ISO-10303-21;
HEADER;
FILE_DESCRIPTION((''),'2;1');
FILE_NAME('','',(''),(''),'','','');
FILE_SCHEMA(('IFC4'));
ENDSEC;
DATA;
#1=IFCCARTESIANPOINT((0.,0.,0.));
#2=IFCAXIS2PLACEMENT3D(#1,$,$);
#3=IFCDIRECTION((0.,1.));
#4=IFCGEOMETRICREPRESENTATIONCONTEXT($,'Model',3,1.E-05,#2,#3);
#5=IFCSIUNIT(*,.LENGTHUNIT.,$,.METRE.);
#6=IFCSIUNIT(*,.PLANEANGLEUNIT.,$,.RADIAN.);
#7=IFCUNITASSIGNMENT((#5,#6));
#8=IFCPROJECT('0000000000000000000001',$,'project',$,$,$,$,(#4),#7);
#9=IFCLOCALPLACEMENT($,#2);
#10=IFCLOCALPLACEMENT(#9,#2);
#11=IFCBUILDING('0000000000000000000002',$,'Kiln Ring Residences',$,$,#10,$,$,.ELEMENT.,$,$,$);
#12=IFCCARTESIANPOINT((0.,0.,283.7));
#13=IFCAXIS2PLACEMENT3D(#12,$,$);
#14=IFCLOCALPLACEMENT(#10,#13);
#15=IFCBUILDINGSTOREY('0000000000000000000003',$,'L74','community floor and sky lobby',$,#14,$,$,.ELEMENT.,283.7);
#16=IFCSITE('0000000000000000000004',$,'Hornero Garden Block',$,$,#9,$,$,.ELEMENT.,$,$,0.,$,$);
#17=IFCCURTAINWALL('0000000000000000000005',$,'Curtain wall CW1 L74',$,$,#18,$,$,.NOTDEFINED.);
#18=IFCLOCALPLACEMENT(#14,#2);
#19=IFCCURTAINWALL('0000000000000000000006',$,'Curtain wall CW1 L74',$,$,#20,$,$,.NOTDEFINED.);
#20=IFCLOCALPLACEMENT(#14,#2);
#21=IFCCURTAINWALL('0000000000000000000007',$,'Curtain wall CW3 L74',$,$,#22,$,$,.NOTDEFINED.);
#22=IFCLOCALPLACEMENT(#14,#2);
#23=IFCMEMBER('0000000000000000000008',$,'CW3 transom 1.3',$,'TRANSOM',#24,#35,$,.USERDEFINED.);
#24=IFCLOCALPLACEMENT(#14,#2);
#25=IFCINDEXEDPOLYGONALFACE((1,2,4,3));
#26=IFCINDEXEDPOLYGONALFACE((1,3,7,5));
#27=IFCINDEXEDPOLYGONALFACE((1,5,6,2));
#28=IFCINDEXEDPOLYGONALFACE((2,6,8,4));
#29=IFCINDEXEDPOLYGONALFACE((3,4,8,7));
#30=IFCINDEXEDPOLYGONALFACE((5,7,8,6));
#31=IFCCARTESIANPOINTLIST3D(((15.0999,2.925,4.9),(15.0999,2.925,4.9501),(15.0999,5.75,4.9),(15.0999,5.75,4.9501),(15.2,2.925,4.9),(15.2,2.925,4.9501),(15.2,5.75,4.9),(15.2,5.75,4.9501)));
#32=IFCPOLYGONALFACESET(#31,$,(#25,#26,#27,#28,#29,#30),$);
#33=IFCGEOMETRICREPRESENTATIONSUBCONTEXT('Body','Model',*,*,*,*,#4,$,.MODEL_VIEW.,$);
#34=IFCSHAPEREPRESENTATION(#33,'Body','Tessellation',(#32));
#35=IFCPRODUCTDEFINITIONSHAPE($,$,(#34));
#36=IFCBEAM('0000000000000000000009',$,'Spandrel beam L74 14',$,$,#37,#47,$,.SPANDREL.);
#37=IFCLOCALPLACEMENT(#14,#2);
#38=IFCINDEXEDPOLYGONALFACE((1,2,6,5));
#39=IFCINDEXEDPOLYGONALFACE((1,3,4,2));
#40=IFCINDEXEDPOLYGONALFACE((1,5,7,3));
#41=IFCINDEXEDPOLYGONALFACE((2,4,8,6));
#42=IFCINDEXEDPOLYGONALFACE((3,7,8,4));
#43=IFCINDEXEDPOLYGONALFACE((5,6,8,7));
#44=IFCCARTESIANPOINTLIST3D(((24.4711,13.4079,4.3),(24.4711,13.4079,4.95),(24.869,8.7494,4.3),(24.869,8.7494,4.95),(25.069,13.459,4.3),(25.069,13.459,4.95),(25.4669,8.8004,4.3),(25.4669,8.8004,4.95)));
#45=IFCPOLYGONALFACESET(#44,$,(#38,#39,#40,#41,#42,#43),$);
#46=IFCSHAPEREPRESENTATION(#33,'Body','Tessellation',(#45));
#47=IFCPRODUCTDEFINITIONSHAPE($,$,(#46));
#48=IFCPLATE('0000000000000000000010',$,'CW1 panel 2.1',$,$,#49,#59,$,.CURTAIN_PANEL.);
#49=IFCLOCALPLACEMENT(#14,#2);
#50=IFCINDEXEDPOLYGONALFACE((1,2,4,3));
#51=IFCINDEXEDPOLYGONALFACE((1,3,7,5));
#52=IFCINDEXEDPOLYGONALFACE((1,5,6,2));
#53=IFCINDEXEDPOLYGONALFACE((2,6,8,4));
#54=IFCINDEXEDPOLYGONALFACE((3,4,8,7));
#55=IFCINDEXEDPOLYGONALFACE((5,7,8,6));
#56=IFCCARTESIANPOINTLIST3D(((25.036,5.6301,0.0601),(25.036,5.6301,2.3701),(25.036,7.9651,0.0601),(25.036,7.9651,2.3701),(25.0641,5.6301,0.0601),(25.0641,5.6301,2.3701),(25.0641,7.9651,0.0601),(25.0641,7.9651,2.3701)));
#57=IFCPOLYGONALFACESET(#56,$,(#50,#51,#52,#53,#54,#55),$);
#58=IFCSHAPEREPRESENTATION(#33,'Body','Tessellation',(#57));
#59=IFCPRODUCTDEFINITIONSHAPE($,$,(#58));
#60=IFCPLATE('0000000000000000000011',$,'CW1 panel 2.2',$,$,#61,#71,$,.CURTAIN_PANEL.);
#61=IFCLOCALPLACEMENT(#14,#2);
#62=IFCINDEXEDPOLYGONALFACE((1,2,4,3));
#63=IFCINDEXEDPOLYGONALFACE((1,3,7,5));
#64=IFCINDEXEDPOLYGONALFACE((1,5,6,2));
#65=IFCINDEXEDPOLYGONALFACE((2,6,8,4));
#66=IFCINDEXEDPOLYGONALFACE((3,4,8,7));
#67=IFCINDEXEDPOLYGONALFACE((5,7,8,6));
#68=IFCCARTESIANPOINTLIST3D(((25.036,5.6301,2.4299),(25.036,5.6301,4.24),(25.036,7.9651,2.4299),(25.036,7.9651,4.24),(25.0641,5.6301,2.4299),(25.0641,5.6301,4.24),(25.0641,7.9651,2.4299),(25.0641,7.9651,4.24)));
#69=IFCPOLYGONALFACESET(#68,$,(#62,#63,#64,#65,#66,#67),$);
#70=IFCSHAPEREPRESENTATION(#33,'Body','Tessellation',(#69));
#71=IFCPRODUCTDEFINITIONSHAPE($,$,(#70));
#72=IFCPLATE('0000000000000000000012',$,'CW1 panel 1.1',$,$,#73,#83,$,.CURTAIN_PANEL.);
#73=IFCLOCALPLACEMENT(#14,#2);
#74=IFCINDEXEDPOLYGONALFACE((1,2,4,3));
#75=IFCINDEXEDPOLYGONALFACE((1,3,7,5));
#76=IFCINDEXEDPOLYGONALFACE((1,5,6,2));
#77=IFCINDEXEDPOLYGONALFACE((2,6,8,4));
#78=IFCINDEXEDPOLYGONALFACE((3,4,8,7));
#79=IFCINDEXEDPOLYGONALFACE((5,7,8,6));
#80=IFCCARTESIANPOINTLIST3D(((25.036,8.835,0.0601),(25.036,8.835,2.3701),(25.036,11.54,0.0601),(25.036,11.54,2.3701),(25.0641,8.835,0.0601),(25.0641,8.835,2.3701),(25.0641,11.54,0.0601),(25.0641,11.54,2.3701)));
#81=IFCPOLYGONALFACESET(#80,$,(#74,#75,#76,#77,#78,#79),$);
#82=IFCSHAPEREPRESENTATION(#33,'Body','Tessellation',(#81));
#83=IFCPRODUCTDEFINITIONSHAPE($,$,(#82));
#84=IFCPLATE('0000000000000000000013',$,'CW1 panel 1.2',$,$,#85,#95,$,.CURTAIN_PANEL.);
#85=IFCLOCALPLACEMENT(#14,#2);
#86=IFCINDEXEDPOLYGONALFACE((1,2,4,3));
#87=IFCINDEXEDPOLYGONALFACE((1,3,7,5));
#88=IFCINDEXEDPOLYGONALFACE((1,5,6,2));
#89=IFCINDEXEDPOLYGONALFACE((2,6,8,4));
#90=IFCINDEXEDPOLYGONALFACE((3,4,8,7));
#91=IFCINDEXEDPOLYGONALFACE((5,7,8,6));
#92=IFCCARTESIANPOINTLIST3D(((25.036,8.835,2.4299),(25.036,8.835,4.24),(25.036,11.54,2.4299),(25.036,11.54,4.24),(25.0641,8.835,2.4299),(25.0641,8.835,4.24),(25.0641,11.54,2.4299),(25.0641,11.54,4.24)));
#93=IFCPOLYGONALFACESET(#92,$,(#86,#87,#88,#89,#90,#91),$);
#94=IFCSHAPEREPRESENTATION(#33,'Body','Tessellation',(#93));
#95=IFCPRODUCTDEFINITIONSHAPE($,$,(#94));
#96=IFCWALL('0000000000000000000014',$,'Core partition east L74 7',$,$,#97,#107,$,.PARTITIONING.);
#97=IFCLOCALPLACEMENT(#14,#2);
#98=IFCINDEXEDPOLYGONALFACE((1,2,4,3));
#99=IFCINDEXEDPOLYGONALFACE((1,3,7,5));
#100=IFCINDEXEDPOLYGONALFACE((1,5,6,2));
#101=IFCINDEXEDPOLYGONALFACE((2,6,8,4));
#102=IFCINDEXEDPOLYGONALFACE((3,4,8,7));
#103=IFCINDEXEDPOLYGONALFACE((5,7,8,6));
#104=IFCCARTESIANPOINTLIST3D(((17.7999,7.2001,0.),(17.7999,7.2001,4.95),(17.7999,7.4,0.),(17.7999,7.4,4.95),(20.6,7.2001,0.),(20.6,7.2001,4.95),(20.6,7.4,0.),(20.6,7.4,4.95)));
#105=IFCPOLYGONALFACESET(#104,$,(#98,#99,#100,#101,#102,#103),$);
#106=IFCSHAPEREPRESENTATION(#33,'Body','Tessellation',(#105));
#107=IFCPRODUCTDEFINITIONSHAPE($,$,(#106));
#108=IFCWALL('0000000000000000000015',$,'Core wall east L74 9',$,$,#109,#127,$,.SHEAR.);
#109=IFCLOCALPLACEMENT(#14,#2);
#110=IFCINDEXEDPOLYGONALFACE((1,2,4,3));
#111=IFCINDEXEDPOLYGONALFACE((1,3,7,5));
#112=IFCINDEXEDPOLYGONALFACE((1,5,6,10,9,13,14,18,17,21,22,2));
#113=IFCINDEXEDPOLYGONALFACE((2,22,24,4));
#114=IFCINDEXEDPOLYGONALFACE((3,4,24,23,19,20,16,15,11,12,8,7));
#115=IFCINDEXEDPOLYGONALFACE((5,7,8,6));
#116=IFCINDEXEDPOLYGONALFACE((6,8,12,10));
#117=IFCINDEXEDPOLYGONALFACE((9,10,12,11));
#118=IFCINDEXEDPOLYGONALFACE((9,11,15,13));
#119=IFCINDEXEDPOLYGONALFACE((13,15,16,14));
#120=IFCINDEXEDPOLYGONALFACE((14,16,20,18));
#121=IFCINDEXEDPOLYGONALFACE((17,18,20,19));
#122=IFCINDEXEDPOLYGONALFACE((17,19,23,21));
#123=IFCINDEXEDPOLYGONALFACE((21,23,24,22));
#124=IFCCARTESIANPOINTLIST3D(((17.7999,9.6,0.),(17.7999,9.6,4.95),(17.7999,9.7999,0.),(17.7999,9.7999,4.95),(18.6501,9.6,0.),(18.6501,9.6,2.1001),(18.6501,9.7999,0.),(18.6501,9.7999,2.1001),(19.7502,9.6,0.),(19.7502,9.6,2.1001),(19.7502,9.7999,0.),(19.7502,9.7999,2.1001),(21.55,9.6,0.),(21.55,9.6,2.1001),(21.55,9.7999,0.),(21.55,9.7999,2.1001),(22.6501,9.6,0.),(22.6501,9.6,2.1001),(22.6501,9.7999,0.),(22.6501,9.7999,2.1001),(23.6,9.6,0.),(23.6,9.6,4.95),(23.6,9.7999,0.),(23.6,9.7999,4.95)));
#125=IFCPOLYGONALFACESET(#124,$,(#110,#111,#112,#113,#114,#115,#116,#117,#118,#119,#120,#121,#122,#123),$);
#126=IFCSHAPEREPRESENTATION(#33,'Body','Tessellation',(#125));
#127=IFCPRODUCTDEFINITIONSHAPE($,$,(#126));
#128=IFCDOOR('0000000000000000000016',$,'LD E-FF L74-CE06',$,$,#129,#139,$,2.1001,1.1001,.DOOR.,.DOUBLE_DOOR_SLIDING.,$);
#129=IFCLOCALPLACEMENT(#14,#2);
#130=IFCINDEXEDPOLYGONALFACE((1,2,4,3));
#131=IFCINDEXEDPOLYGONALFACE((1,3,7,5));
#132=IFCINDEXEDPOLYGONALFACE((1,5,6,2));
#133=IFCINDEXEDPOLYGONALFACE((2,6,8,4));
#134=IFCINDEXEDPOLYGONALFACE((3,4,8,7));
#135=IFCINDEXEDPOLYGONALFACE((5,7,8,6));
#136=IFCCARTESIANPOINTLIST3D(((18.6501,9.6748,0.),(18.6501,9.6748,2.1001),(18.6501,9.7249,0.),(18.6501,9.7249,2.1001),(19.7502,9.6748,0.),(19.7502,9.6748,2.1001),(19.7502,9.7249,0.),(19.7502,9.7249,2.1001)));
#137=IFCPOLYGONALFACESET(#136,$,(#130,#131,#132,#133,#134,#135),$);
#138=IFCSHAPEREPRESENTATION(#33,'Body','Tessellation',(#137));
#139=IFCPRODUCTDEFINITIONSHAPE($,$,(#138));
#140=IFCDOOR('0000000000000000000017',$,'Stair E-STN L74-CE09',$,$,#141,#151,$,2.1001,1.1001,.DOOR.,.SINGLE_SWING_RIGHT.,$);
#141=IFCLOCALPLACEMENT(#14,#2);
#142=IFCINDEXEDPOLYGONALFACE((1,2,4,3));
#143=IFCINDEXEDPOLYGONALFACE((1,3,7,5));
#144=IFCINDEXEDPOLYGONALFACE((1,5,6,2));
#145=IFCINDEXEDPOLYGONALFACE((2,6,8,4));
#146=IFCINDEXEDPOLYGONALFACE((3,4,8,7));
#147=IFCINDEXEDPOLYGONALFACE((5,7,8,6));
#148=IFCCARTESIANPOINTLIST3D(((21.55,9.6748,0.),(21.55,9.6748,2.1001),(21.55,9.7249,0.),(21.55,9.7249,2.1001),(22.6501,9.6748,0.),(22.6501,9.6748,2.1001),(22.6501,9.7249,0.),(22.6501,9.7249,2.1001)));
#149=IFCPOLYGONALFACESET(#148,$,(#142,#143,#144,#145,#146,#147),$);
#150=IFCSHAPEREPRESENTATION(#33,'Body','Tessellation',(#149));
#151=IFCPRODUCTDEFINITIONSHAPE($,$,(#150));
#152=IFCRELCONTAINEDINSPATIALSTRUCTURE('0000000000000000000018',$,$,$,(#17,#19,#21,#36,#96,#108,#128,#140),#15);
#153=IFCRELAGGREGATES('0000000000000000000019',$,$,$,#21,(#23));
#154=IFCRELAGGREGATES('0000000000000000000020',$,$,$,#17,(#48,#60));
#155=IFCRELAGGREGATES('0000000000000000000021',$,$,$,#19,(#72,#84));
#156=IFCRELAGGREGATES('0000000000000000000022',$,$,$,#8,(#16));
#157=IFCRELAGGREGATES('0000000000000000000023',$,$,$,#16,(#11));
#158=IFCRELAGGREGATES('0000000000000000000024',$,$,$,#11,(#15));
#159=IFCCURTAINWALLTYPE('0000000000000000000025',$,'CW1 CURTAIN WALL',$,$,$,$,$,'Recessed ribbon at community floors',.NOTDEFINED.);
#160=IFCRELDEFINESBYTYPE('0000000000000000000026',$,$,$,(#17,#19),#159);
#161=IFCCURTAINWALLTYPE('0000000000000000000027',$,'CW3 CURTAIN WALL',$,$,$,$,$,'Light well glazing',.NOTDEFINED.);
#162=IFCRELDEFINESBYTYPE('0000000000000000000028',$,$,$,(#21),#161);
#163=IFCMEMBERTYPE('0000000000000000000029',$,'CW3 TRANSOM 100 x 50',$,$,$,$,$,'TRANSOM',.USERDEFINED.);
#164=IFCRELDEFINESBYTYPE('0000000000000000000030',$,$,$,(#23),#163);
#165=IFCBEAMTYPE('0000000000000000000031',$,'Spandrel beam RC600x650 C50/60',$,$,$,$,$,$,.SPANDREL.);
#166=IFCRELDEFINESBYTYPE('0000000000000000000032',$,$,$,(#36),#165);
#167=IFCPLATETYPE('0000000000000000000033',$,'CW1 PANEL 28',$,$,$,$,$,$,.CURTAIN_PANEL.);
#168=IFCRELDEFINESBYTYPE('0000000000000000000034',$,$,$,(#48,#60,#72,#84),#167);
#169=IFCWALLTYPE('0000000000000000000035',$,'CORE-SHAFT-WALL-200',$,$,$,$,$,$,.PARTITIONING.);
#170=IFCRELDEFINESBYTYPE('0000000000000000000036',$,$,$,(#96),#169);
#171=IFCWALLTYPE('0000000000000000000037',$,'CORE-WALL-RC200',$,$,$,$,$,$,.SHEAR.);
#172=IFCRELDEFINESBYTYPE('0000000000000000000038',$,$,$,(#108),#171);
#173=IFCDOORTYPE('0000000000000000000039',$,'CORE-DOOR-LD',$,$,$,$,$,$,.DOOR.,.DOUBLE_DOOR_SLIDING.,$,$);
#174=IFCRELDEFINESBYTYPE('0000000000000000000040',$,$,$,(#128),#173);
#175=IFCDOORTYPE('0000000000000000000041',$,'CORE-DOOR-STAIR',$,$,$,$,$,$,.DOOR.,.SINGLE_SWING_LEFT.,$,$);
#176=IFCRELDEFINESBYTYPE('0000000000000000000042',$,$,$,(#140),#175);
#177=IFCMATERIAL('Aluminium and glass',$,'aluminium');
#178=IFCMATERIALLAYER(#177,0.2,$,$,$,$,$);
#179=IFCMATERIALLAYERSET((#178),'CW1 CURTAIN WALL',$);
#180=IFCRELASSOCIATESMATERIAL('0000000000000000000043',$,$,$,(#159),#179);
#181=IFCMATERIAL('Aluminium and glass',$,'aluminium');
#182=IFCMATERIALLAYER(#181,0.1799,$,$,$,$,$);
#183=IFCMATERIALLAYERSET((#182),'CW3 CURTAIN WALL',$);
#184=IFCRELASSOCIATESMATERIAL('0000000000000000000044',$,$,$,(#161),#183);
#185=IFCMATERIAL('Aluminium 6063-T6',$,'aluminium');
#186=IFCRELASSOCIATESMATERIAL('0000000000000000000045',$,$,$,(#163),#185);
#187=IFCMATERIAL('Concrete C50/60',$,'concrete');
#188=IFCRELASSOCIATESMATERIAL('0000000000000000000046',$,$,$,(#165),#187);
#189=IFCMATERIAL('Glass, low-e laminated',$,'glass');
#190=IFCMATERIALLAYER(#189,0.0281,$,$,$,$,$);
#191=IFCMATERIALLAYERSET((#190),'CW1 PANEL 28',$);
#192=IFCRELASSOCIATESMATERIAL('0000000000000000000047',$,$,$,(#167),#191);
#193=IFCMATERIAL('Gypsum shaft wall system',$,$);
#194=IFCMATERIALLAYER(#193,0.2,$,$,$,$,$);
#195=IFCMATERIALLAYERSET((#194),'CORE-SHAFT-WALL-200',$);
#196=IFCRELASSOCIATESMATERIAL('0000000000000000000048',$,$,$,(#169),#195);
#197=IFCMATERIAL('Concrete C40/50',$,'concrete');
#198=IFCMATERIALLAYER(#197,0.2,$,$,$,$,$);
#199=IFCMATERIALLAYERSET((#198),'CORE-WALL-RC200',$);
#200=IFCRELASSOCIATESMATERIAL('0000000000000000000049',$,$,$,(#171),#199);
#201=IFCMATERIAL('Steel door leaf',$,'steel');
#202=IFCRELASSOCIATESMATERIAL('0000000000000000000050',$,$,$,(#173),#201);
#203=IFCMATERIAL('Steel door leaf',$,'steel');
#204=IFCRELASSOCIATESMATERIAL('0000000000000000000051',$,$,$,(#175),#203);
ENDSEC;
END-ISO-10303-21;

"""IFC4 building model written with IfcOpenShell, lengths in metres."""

from ifc_helpers import new_model, si_unit, direction, frame, frame_2d, origin, origin_2d, place, context, subcontext, project, spatial, rectangle, extrude, material, layer, layer_set, material_profile, profile_set, type_object, element, fill, aggregate, save


model = new_model("IFC4")

# Units and contexts
model_context = context("Model", 3, precision=1e-05, world=origin(), true_north=direction((0.0, 1.0)))
body_context = subcontext(model_context, "Body", "Model", "MODEL_VIEW")
ifc_project = project(units=[si_unit("LENGTHUNIT", "METRE"), si_unit("PLANEANGLEUNIT", "RADIAN")], contexts=[model_context])

# Site, building, storey
site_placement = place(None, origin())
site = spatial("IfcSite", under=ifc_project, at=site_placement, Name="Hornero Garden Block", CompositionType="ELEMENT", RefElevation=0.0)
building_placement = place(site_placement, origin())
building = spatial("IfcBuilding", under=site, at=building_placement, Name="Kiln Ring Residences", CompositionType="ELEMENT")
storey_placement = place(building_placement, frame((0.0, 0.0, 283.7)))
storey = spatial("IfcBuildingStorey", under=building, at=storey_placement, Name="L74", Description="community floor and sky lobby", CompositionType="ELEMENT", Elevation=283.7)

# Curtain wall
ifc_material_1 = material(Name="Aluminium and glass", Category="aluminium")
ifc_layer_1 = layer(ifc_material_1, 0.2)
ifc_layer_set_1 = layer_set([ifc_layer_1], Name="CW1 CURTAIN WALL")
curtain_wall_type_1 = type_object("IfcCurtainWallType", Name="CW1 CURTAIN WALL", ElementType="Recessed ribbon at community floors", PredefinedType="NOTDEFINED", material=ifc_layer_set_1)
placement = place(storey_placement, origin())
curtain_wall_1 = element("IfcCurtainWall", 1, at=placement, inside=storey, type_object=curtain_wall_type_1, Name="Curtain wall CW1 L74", PredefinedType="NOTDEFINED")

# Curtain wall
curtain_wall_2 = element("IfcCurtainWall", 2, at=placement, inside=storey, type_object=curtain_wall_type_1, Name="Curtain wall CW1 L74", PredefinedType="NOTDEFINED")

# Curtain wall, member
ifc_material_2 = material(Name="Aluminium and glass", Category="aluminium")
ifc_layer_2 = layer(ifc_material_2, 0.1799)
ifc_layer_set_2 = layer_set([ifc_layer_2], Name="CW3 CURTAIN WALL")
curtain_wall_type_2 = type_object("IfcCurtainWallType", Name="CW3 CURTAIN WALL", ElementType="Light well glazing", PredefinedType="NOTDEFINED", material=ifc_layer_set_2)
curtain_wall_3 = element("IfcCurtainWall", 3, at=placement, inside=storey, type_object=curtain_wall_type_2, Name="Curtain wall CW3 L74", PredefinedType="NOTDEFINED")
ifc_material_3 = material(Name="Aluminium 6063-T6", Category="aluminium")
ifc_material_profile_1 = material_profile(ifc_material_3, rectangle(XDim=0.1001, YDim=0.05, at=origin_2d()), Name="AL 100x50")
ifc_profile_set_1 = profile_set([ifc_material_profile_1], Name="Aluminium 6063-T6")
member_type_1 = type_object("IfcMemberType", Name="CW3 TRANSOM 100 x 50", ElementType="TRANSOM", PredefinedType="USERDEFINED", material=ifc_profile_set_1)
member_1_placement = place(storey_placement, frame((15.1499, 5.75, 4.925), z_axis=(0.0, -1.0, 0.0), x_axis=(1.0, 0.0, 0.0)))
member_1 = element("IfcMember", 4, at=member_1_placement, type_object=member_type_1, Name="CW3 transom 1.3", ObjectType="TRANSOM", PredefinedType="USERDEFINED", context=body_context, shape_type="SweptSolid", body=[
    extrude(rectangle(XDim=0.1001, YDim=0.05, at=origin_2d()), origin(), (0.0, 0.0, 1.0), 2.825),
])
aggregate(curtain_wall_3, [member_1])

# Beam
ifc_material_4 = material(Name="Concrete C50/60", Category="concrete")
ifc_material_profile_2 = material_profile(ifc_material_4, rectangle(XDim=0.6001, YDim=0.6499, at=origin_2d()), Name="RC600x650")
ifc_profile_set_2 = profile_set([ifc_material_profile_2], Name="Concrete C50/60")
beam_type = type_object("IfcBeamType", Name="Spandrel beam RC600x650 C50/60", PredefinedType="SPANDREL", material=ifc_profile_set_2)
beam_placement = place(storey_placement, frame((25.168, 8.7749, 4.625), z_axis=(-0.085111, 0.996371, 0.0), x_axis=(-0.996371, -0.085111, 0.0)))
element("IfcBeam", 5, at=beam_placement, inside=storey, type_object=beam_type, Name="Spandrel beam L74 14", PredefinedType="SPANDREL", context=body_context, shape_type="SweptSolid", body=[
    extrude(rectangle(XDim=0.6001, YDim=0.6499, at=origin_2d()), origin(), (0.0, 0.0, 1.0), 4.6755),
])

# Plates
ifc_material_5 = material(Name="Glass, low-e laminated", Category="glass")
ifc_layer_3 = layer(ifc_material_5, 0.0281)
ifc_layer_set_3 = layer_set([ifc_layer_3], Name="CW1 PANEL 28")
plate_type = type_object("IfcPlateType", Name="CW1 PANEL 28", PredefinedType="CURTAIN_PANEL", material=ifc_layer_set_3)
plate_1_placement = place(storey_placement, frame((25.05, 6.7976, 0.0601), z_axis=(0.0, 0.0, 1.0), x_axis=(0.0, 1.0, 0.0)))
plate_1 = element("IfcPlate", 6, at=plate_1_placement, type_object=plate_type, Name="CW1 panel 2.1", PredefinedType="CURTAIN_PANEL", context=body_context, shape_type="SweptSolid", body=[
    extrude(rectangle(XDim=2.335, YDim=0.0281, at=origin_2d()), origin(), (0.0, 0.0, 1.0), 2.3101),
])
plate_2_placement = place(storey_placement, frame((25.05, 6.7976, 2.4299), z_axis=(0.0, 0.0, 1.0), x_axis=(0.0, 1.0, 0.0)))
plate_2 = element("IfcPlate", 7, at=plate_2_placement, type_object=plate_type, Name="CW1 panel 2.2", PredefinedType="CURTAIN_PANEL", context=body_context, shape_type="SweptSolid", body=[
    extrude(rectangle(XDim=2.335, YDim=0.0281, at=origin_2d()), origin(), (0.0, 0.0, 1.0), 1.8101),
])
aggregate(curtain_wall_1, [plate_1, plate_2])
plate_3_placement = place(storey_placement, frame((25.05, 10.1875, 0.0601), z_axis=(0.0, 0.0, 1.0), x_axis=(0.0, 1.0, 0.0)))
plate_3 = element("IfcPlate", 8, at=plate_3_placement, type_object=plate_type, Name="CW1 panel 1.1", PredefinedType="CURTAIN_PANEL", context=body_context, shape_type="SweptSolid", body=[
    extrude(rectangle(XDim=2.7051, YDim=0.0281, at=origin_2d()), origin(), (0.0, 0.0, 1.0), 2.3101),
])
plate_4_placement = place(storey_placement, frame((25.05, 10.1875, 2.4299), z_axis=(0.0, 0.0, 1.0), x_axis=(0.0, 1.0, 0.0)))
plate_4 = element("IfcPlate", 9, at=plate_4_placement, type_object=plate_type, Name="CW1 panel 1.2", PredefinedType="CURTAIN_PANEL", context=body_context, shape_type="SweptSolid", body=[
    extrude(rectangle(XDim=2.7051, YDim=0.0281, at=origin_2d()), origin(), (0.0, 0.0, 1.0), 1.8101),
])
aggregate(curtain_wall_2, [plate_3, plate_4])

# Wall
ifc_material_6 = material(Name="Gypsum shaft wall system")
ifc_layer_4 = layer(ifc_material_6, 0.2)
ifc_layer_set_4 = layer_set([ifc_layer_4], Name="CORE-SHAFT-WALL-200")
wall_type_1 = type_object("IfcWallType", Name="CORE-SHAFT-WALL-200", PredefinedType="PARTITIONING", material=ifc_layer_set_4)
wall_1_placement = place(storey_placement, frame((17.8, 7.3, 0.0), z_axis=(0.0, 0.0, 1.0), x_axis=(1.0, 0.0, 0.0)))
element("IfcWall", 10, at=wall_1_placement, inside=storey, type_object=wall_type_1, Name="Core partition east L74 7", PredefinedType="PARTITIONING", context=body_context, shape_type="SweptSolid", body=[
    extrude(rectangle(XDim=2.8, YDim=0.2, at=frame_2d((1.3999, 0.0))), origin(), (0.0, 0.0, 1.0), 4.95),
])

# Wall, openings, doors
ifc_material_7 = material(Name="Concrete C40/50", Category="concrete")
ifc_layer_5 = layer(ifc_material_7, 0.2)
ifc_layer_set_5 = layer_set([ifc_layer_5], Name="CORE-WALL-RC200")
wall_type_2 = type_object("IfcWallType", Name="CORE-WALL-RC200", PredefinedType="SHEAR", material=ifc_layer_set_5)
wall_2_placement = place(storey_placement, frame((17.8, 9.7, 0.0), z_axis=(0.0, 0.0, 1.0), x_axis=(1.0, 0.0, 0.0)))
wall_2 = element("IfcWall", 11, at=wall_2_placement, inside=storey, type_object=wall_type_2, Name="Core wall east L74 9", PredefinedType="SHEAR", context=body_context, shape_type="SweptSolid", body=[
    extrude(rectangle(XDim=5.8, YDim=0.2, at=frame_2d((2.8999, 0.0))), origin(), (0.0, 0.0, 1.0), 4.95),
])
opening_1_placement = place(wall_2_placement, frame((0.8501, 0.0, 0.0)))
opening_1 = element("IfcOpeningElement", 12, at=opening_1_placement, cuts=wall_2, PredefinedType="OPENING", context=body_context, shape_type="SweptSolid", body=[
    extrude(rectangle(XDim=1.1001, YDim=2.1001, at=frame_2d((0.55, 1.05))), frame((0.0, 0.1099, 0.0), z_axis=(0.0, -1.0, 0.0), x_axis=(1.0, 0.0, 0.0)), (0.0, 0.0, 1.0), 0.22),
])
opening_2_placement = place(wall_2_placement, frame((3.75, 0.0, 0.0)))
opening_2 = element("IfcOpeningElement", 13, at=opening_2_placement, cuts=wall_2, PredefinedType="OPENING", context=body_context, shape_type="SweptSolid", body=[
    extrude(rectangle(XDim=1.1001, YDim=2.1001, at=frame_2d((0.55, 1.05))), frame((0.0, 0.1099, 0.0), z_axis=(0.0, -1.0, 0.0), x_axis=(1.0, 0.0, 0.0)), (0.0, 0.0, 1.0), 0.22),
])
ifc_material_8 = material(Name="Steel door leaf", Category="steel")
door_type_1 = type_object("IfcDoorType", Name="CORE-DOOR-LD", OperationType="DOUBLE_DOOR_SLIDING", PredefinedType="DOOR", material=ifc_material_8)
door_1_placement = place(opening_1_placement, origin())
door_1 = element("IfcDoor", 14, at=door_1_placement, inside=storey, type_object=door_type_1, Name="LD E-FF L74-CE06", OperationType="DOUBLE_DOOR_SLIDING", OverallHeight=2.1001, OverallWidth=1.1001, PredefinedType="DOOR", context=body_context, shape_type="SweptSolid", body=[
    extrude(rectangle(XDim=1.1001, YDim=2.1001, at=frame_2d((0.55, 1.05))), frame((0.0, 0.0249, 0.0), z_axis=(0.0, -1.0, 0.0), x_axis=(1.0, 0.0, 0.0)), (0.0, 0.0, 1.0), 0.05),
])
fill(opening_1, door_1)
ifc_material_9 = material(Name="Steel door leaf", Category="steel")
door_type_2 = type_object("IfcDoorType", Name="CORE-DOOR-STAIR", OperationType="SINGLE_SWING_LEFT", PredefinedType="DOOR", material=ifc_material_9)
door_2_placement = place(opening_2_placement, origin())
door_2 = element("IfcDoor", 15, at=door_2_placement, inside=storey, type_object=door_type_2, Name="Stair E-STN L74-CE09", OperationType="SINGLE_SWING_RIGHT", OverallHeight=2.1001, OverallWidth=1.1001, PredefinedType="DOOR", context=body_context, shape_type="SweptSolid", body=[
    extrude(rectangle(XDim=1.1001, YDim=2.1001, at=frame_2d((0.55, 1.05))), frame((0.0, 0.0249, 0.0), z_axis=(0.0, -1.0, 0.0), x_axis=(1.0, 0.0, 0.0)), (0.0, 0.0, 1.0), 0.05),
])
fill(opening_2, door_2)

save(model, "model.ifc")
